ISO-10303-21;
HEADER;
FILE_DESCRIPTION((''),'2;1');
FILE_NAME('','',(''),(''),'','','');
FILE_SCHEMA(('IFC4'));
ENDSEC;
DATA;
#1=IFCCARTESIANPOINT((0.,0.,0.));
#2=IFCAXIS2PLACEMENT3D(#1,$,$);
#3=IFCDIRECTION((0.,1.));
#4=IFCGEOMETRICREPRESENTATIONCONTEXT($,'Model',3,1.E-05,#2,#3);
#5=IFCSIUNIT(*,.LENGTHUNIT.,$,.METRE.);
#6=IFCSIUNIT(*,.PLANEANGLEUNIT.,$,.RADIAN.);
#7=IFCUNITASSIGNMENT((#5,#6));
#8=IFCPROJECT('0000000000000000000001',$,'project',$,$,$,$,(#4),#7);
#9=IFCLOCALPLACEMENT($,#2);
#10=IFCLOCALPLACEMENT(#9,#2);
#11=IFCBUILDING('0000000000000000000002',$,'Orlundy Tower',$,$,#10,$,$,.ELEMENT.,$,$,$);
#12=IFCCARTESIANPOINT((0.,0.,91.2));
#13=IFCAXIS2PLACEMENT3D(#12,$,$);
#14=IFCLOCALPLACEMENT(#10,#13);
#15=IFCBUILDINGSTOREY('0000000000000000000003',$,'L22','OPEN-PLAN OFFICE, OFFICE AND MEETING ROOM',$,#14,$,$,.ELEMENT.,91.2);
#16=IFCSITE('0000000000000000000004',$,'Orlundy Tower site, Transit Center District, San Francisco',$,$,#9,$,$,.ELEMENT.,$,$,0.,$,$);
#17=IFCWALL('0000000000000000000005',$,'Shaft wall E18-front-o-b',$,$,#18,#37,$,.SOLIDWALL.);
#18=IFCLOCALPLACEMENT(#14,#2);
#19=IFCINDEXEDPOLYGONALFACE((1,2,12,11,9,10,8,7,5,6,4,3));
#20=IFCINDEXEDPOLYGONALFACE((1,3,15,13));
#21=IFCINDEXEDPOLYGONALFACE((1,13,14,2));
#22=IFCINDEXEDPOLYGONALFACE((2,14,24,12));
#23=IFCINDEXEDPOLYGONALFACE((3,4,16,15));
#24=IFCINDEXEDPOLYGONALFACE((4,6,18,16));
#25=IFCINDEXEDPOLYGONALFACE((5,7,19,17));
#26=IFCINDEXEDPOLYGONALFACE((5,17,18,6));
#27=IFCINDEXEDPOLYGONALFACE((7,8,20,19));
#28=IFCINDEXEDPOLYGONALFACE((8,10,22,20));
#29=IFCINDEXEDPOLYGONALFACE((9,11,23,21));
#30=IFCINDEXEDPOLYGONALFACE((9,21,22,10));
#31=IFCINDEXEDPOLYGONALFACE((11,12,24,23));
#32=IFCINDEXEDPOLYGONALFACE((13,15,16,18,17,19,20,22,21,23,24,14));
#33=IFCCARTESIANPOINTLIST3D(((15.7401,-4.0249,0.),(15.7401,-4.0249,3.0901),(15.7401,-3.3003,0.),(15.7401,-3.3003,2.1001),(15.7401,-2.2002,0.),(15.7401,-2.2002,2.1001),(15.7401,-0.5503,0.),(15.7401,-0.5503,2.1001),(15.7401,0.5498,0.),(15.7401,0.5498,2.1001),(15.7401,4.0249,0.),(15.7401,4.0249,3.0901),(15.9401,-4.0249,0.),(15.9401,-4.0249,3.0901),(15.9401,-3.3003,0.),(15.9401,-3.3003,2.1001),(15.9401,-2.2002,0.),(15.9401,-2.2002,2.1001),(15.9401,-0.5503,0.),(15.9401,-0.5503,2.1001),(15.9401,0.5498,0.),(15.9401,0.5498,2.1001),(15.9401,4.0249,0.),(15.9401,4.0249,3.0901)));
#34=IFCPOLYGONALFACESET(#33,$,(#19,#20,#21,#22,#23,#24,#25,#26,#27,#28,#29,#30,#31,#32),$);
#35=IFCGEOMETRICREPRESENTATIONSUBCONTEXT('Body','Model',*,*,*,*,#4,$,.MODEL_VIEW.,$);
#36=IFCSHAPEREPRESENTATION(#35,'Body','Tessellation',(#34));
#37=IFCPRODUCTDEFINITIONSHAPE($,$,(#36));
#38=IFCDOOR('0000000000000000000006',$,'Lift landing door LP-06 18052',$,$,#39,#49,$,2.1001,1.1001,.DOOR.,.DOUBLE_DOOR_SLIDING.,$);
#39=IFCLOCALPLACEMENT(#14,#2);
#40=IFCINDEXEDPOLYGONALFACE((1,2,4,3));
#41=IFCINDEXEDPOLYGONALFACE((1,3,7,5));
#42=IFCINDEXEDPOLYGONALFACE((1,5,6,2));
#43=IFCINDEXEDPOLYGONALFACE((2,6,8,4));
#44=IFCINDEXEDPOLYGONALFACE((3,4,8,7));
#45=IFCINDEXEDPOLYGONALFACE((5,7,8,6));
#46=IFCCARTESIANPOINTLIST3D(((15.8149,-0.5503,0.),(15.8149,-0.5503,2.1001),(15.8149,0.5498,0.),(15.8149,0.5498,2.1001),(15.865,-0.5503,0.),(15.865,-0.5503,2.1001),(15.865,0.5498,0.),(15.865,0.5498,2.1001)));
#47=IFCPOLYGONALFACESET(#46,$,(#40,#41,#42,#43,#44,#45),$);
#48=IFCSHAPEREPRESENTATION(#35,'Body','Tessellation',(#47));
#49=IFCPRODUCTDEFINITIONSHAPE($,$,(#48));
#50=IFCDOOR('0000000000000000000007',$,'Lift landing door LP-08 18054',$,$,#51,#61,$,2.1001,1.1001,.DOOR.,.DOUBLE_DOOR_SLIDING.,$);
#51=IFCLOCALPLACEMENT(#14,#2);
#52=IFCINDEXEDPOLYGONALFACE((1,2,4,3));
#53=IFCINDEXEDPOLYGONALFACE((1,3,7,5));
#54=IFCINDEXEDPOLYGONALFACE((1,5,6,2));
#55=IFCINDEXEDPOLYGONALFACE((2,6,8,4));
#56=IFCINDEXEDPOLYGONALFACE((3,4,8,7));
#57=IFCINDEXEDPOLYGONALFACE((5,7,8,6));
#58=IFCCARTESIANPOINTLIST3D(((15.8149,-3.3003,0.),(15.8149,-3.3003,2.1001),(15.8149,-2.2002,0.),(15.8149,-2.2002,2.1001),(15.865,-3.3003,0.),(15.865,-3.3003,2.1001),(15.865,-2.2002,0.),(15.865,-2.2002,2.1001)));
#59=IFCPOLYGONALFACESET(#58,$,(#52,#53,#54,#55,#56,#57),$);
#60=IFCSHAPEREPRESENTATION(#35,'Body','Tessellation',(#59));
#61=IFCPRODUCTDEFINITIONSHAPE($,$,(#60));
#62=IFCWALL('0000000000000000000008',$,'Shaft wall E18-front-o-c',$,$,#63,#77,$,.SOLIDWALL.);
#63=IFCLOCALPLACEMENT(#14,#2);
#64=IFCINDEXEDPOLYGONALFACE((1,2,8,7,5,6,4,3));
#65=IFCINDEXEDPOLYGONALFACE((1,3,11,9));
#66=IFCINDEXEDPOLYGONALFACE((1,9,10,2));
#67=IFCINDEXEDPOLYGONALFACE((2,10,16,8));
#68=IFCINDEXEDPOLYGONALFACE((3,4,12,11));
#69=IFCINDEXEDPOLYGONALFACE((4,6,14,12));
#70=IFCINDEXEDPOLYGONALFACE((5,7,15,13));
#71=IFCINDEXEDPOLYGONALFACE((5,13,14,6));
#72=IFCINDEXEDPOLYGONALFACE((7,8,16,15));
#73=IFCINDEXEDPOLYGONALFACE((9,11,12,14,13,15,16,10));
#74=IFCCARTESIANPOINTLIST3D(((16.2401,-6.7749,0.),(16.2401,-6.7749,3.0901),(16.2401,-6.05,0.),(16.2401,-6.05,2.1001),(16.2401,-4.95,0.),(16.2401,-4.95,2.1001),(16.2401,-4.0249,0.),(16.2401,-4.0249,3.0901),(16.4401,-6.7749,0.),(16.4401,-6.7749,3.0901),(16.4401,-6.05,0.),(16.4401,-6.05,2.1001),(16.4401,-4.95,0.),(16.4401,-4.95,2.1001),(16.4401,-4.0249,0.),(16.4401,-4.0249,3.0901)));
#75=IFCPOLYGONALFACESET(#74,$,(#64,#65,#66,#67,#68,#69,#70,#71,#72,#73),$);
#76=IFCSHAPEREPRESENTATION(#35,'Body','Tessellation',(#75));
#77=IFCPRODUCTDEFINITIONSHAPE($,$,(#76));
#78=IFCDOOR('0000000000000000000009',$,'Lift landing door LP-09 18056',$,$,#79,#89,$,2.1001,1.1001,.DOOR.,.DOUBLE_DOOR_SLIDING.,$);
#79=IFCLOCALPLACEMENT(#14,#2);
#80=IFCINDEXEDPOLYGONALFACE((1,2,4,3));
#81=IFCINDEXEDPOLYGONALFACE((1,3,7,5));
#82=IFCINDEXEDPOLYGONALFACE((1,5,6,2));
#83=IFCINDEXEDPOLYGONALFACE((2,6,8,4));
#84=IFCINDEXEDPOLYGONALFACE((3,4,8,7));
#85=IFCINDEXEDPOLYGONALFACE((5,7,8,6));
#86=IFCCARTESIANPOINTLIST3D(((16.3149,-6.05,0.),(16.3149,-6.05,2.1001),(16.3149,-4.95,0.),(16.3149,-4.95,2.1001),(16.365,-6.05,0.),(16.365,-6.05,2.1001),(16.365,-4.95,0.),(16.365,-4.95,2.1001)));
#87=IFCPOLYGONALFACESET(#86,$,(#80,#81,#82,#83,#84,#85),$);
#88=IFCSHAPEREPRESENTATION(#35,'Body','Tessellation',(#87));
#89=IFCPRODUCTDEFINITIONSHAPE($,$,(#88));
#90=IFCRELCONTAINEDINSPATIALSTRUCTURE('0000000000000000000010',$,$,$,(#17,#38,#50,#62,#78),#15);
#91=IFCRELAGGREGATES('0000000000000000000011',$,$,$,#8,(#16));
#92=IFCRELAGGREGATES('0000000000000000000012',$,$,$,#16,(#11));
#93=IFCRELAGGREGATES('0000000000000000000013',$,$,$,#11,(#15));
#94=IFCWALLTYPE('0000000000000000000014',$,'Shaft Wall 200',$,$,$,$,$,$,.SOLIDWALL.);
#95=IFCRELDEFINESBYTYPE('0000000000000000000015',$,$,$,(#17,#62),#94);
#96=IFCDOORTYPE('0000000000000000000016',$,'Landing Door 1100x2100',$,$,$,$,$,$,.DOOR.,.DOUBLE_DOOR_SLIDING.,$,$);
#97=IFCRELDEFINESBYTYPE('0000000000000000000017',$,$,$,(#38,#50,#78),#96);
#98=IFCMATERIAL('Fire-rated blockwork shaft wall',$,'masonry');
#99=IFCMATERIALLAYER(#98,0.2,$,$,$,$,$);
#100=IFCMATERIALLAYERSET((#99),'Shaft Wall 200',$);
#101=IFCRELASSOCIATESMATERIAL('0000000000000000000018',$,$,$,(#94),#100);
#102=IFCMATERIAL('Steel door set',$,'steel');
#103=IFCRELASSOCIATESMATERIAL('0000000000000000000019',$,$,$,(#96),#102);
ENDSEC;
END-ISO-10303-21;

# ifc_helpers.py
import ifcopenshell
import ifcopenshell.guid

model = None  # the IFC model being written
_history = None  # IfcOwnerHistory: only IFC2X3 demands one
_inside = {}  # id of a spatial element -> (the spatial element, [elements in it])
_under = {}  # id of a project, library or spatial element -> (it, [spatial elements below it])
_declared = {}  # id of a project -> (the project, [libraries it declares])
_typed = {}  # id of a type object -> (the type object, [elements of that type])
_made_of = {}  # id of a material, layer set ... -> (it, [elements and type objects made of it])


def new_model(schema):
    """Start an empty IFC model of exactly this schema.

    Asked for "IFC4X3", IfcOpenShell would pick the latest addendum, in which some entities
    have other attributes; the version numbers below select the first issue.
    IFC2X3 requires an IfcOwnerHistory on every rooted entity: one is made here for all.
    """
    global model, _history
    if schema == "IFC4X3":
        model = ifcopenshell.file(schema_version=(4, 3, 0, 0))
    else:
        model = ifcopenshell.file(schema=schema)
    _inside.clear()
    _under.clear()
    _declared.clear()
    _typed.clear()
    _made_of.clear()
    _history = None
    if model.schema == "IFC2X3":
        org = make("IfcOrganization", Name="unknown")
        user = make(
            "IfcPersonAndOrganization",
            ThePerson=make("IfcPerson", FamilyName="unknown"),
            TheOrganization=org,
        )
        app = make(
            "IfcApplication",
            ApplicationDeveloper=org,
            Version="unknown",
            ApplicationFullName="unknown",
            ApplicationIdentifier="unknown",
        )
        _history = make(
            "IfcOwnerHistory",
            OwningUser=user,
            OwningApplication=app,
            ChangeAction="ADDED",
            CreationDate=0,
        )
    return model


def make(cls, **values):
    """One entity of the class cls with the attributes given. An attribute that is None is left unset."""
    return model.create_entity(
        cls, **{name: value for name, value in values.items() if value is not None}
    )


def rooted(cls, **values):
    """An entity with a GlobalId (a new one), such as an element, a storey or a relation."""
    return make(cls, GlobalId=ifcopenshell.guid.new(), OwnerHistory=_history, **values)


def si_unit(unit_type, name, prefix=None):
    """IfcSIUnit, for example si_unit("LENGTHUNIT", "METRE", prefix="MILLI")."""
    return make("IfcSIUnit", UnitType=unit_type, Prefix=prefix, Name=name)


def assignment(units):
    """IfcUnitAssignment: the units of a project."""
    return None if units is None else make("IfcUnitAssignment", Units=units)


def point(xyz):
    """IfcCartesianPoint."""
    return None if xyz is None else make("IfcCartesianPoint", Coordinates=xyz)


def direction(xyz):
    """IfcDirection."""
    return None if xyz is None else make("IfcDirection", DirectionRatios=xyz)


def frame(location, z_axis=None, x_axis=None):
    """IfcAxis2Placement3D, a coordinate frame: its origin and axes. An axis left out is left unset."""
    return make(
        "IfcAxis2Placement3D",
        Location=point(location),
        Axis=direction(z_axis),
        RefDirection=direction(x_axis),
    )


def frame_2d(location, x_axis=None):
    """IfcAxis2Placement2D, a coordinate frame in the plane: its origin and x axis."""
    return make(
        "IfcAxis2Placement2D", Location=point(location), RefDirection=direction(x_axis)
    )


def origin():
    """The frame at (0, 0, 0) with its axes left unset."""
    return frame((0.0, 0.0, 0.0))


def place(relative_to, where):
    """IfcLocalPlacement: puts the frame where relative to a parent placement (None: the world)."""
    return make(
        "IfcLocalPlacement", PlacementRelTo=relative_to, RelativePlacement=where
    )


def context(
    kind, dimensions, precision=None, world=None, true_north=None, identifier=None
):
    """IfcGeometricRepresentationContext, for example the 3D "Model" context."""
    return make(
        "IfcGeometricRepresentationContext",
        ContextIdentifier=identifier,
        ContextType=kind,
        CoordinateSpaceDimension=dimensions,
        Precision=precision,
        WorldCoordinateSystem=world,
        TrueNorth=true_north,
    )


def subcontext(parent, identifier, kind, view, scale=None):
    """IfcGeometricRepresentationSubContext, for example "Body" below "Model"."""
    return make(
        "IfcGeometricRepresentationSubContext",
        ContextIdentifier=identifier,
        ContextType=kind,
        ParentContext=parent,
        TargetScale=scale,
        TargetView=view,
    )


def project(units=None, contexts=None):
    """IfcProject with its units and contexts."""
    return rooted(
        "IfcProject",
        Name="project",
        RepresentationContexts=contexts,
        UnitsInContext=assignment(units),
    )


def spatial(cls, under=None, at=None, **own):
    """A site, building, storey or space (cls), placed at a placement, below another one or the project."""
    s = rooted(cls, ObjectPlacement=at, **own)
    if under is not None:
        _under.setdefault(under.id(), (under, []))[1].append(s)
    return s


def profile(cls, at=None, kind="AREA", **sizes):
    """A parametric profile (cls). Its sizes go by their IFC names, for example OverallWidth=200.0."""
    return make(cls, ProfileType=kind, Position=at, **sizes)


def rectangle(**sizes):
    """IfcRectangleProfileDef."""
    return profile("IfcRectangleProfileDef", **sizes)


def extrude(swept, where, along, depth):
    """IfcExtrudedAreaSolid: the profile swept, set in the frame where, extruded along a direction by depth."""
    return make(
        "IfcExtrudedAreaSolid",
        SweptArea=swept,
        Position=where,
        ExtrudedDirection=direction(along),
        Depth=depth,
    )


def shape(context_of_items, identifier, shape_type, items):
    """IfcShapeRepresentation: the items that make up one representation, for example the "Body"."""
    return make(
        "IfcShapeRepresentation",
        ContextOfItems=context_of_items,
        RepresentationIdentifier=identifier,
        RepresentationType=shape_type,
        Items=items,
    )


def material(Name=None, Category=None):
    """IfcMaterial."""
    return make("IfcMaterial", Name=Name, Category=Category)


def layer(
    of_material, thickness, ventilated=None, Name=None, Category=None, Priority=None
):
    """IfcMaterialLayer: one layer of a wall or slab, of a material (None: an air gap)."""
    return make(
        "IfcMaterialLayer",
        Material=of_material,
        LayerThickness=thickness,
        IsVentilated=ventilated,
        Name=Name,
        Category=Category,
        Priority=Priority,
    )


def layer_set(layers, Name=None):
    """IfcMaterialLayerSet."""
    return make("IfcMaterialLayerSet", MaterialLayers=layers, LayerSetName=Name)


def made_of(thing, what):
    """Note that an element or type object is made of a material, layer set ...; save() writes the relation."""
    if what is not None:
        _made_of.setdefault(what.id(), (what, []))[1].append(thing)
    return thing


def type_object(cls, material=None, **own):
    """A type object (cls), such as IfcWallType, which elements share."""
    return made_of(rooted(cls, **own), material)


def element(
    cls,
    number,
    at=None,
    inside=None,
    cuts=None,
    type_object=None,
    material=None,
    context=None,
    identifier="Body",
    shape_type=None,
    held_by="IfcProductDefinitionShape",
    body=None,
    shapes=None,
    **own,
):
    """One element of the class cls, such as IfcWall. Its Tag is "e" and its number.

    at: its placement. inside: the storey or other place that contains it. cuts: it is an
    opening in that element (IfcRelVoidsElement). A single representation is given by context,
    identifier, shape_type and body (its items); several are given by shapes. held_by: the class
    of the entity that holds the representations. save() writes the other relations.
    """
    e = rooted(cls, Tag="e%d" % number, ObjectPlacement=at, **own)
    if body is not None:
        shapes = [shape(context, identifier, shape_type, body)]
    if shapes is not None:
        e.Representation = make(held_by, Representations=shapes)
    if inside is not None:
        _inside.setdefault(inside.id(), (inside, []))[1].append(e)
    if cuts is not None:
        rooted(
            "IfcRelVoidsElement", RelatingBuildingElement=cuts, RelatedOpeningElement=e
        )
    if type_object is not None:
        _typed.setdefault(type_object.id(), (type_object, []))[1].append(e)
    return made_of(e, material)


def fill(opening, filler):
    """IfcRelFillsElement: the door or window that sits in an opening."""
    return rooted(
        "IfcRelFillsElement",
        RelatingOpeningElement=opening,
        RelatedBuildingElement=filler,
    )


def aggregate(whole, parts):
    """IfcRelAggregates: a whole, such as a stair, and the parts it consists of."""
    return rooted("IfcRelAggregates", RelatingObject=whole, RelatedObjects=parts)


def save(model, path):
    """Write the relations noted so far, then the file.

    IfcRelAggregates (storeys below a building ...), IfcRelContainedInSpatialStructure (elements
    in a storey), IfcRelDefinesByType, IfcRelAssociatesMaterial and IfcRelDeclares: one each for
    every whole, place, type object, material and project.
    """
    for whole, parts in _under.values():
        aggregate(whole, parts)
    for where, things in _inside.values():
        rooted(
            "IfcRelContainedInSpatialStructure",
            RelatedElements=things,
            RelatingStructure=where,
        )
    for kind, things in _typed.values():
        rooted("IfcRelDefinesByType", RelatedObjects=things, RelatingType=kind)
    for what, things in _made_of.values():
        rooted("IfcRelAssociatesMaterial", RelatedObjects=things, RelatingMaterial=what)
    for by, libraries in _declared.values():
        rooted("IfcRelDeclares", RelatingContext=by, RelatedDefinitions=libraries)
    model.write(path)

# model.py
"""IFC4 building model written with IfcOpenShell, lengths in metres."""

from ifc_helpers import new_model, si_unit, direction, frame, frame_2d, origin, place, context, subcontext, project, spatial, rectangle, extrude, material, layer, layer_set, type_object, element, fill, save


model = new_model("IFC4")

# Units and contexts
model_context = context("Model", 3, precision=1e-05, world=origin(), true_north=direction((0.0, 1.0)))
body_context = subcontext(model_context, "Body", "Model", "MODEL_VIEW")
ifc_project = project(units=[si_unit("LENGTHUNIT", "METRE"), si_unit("PLANEANGLEUNIT", "RADIAN")], contexts=[model_context])

# Site, building, storey
site_placement = place(None, origin())
site = spatial("IfcSite", under=ifc_project, at=site_placement, Name="Orlundy Tower site, Transit Center District, San Francisco", CompositionType="ELEMENT", RefElevation=0.0)
building_placement = place(site_placement, origin())
building = spatial("IfcBuilding", under=site, at=building_placement, Name="Orlundy Tower", CompositionType="ELEMENT")
storey_placement = place(building_placement, frame((0.0, 0.0, 91.2)))
storey = spatial("IfcBuildingStorey", under=building, at=storey_placement, Name="L22", Description="OPEN-PLAN OFFICE, OFFICE AND MEETING ROOM", CompositionType="ELEMENT", Elevation=91.2)

# Shared definitions
ifc_material_1 = material(Name="Fire-rated blockwork shaft wall", Category="masonry")
ifc_layer_1 = layer(ifc_material_1, 0.2)
ifc_layer_set_1 = layer_set([ifc_layer_1], Name="Shaft Wall 200")
wall_type_1 = type_object("IfcWallType", Name="Shaft Wall 200", PredefinedType="SOLIDWALL", material=ifc_layer_set_1)

# Shared definitions
ifc_material_2 = material(Name="Steel door set", Category="steel")
door_type = type_object("IfcDoorType", Name="Landing Door 1100x2100", OperationType="DOUBLE_DOOR_SLIDING", PredefinedType="DOOR", material=ifc_material_2)

# Wall, openings, doors
wall_1_placement = place(storey_placement, frame((15.8401, 4.0249, 0.0), z_axis=(0.0, 0.0, 1.0), x_axis=(0.0, -1.0, 0.0)))
wall_1 = element("IfcWall", 1, at=wall_1_placement, inside=storey, type_object=wall_type_1, Name="Shaft wall E18-front-o-b", PredefinedType="SOLIDWALL", context=body_context, shape_type="SweptSolid", body=[
    extrude(rectangle(XDim=8.0498, YDim=0.2, at=frame_2d((4.0249, 0.0))), origin(), (0.0, 0.0, 1.0), 3.0901),
])
opening_1_placement = place(wall_1_placement, frame((3.4751, 0.0, 0.0)))
opening_1 = element("IfcOpeningElement", 2, at=opening_1_placement, cuts=wall_1, PredefinedType="OPENING", context=body_context, shape_type="SweptSolid", body=[
    extrude(rectangle(XDim=1.1001, YDim=2.1001, at=frame_2d((0.55, 1.05))), frame((0.0, 0.1101, 0.0), z_axis=(0.0, -1.0, 0.0), x_axis=(1.0, 0.0, 0.0)), (0.0, 0.0, 1.0), 0.2202),
])
opening_2_placement = place(wall_1_placement, frame((6.2251, 0.0, 0.0)))
opening_2 = element("IfcOpeningElement", 3, at=opening_2_placement, cuts=wall_1, PredefinedType="OPENING", context=body_context, shape_type="SweptSolid", body=[
    extrude(rectangle(XDim=1.1001, YDim=2.1001, at=frame_2d((0.55, 1.05))), frame((0.0, 0.1101, 0.0), z_axis=(0.0, -1.0, 0.0), x_axis=(1.0, 0.0, 0.0)), (0.0, 0.0, 1.0), 0.2202),
])
door_1_placement = place(opening_1_placement, origin())
door_1 = element("IfcDoor", 4, at=door_1_placement, inside=storey, type_object=door_type, Name="Lift landing door LP-06 18052", OperationType="DOUBLE_DOOR_SLIDING", OverallHeight=2.1001, OverallWidth=1.1001, PredefinedType="DOOR", context=body_context, shape_type="SweptSolid", body=[
    extrude(rectangle(XDim=1.1001, YDim=2.1001, at=frame_2d((0.55, 1.05))), frame((0.0, 0.0249, 0.0), z_axis=(0.0, -1.0, 0.0), x_axis=(1.0, 0.0, 0.0)), (0.0, 0.0, 1.0), 0.05),
])
fill(opening_1, door_1)
door_2_placement = place(opening_2_placement, origin())
door_2 = element("IfcDoor", 5, at=door_2_placement, inside=storey, type_object=door_type, Name="Lift landing door LP-08 18054", OperationType="DOUBLE_DOOR_SLIDING", OverallHeight=2.1001, OverallWidth=1.1001, PredefinedType="DOOR", context=body_context, shape_type="SweptSolid", body=[
    extrude(rectangle(XDim=1.1001, YDim=2.1001, at=frame_2d((0.55, 1.05))), frame((0.0, 0.0249, 0.0), z_axis=(0.0, -1.0, 0.0), x_axis=(1.0, 0.0, 0.0)), (0.0, 0.0, 1.0), 0.05),
])
fill(opening_2, door_2)

# Wall, opening, door
wall_2_placement = place(storey_placement, frame((16.3401, -4.0249, 0.0), z_axis=(0.0, 0.0, 1.0), x_axis=(0.0, -1.0, 0.0)))
wall_2 = element("IfcWall", 6, at=wall_2_placement, inside=storey, type_object=wall_type_1, Name="Shaft wall E18-front-o-c", PredefinedType="SOLIDWALL", context=body_context, shape_type="SweptSolid", body=[
    extrude(rectangle(XDim=2.75, YDim=0.2, at=frame_2d((1.375, 0.0))), origin(), (0.0, 0.0, 1.0), 3.0901),
])
opening_3_placement = place(wall_2_placement, frame((0.925, 0.0, 0.0)))
opening_3 = element("IfcOpeningElement", 7, at=opening_3_placement, cuts=wall_2, PredefinedType="OPENING", context=body_context, shape_type="SweptSolid", body=[
    extrude(rectangle(XDim=1.1001, YDim=2.1001, at=frame_2d((0.55, 1.05))), frame((0.0, 0.1101, 0.0), z_axis=(0.0, -1.0, 0.0), x_axis=(1.0, 0.0, 0.0)), (0.0, 0.0, 1.0), 0.2202),
])
door_3_placement = place(opening_3_placement, origin())
door_3 = element("IfcDoor", 8, at=door_3_placement, inside=storey, type_object=door_type, Name="Lift landing door LP-09 18056", OperationType="DOUBLE_DOOR_SLIDING", OverallHeight=2.1001, OverallWidth=1.1001, PredefinedType="DOOR", context=body_context, shape_type="SweptSolid", body=[
    extrude(rectangle(XDim=1.1001, YDim=2.1001, at=frame_2d((0.55, 1.05))), frame((0.0, 0.0249, 0.0), z_axis=(0.0, -1.0, 0.0), x_axis=(1.0, 0.0, 0.0)), (0.0, 0.0, 1.0), 0.05),
])
fill(opening_3, door_3)

save(model, "model.ifc")
